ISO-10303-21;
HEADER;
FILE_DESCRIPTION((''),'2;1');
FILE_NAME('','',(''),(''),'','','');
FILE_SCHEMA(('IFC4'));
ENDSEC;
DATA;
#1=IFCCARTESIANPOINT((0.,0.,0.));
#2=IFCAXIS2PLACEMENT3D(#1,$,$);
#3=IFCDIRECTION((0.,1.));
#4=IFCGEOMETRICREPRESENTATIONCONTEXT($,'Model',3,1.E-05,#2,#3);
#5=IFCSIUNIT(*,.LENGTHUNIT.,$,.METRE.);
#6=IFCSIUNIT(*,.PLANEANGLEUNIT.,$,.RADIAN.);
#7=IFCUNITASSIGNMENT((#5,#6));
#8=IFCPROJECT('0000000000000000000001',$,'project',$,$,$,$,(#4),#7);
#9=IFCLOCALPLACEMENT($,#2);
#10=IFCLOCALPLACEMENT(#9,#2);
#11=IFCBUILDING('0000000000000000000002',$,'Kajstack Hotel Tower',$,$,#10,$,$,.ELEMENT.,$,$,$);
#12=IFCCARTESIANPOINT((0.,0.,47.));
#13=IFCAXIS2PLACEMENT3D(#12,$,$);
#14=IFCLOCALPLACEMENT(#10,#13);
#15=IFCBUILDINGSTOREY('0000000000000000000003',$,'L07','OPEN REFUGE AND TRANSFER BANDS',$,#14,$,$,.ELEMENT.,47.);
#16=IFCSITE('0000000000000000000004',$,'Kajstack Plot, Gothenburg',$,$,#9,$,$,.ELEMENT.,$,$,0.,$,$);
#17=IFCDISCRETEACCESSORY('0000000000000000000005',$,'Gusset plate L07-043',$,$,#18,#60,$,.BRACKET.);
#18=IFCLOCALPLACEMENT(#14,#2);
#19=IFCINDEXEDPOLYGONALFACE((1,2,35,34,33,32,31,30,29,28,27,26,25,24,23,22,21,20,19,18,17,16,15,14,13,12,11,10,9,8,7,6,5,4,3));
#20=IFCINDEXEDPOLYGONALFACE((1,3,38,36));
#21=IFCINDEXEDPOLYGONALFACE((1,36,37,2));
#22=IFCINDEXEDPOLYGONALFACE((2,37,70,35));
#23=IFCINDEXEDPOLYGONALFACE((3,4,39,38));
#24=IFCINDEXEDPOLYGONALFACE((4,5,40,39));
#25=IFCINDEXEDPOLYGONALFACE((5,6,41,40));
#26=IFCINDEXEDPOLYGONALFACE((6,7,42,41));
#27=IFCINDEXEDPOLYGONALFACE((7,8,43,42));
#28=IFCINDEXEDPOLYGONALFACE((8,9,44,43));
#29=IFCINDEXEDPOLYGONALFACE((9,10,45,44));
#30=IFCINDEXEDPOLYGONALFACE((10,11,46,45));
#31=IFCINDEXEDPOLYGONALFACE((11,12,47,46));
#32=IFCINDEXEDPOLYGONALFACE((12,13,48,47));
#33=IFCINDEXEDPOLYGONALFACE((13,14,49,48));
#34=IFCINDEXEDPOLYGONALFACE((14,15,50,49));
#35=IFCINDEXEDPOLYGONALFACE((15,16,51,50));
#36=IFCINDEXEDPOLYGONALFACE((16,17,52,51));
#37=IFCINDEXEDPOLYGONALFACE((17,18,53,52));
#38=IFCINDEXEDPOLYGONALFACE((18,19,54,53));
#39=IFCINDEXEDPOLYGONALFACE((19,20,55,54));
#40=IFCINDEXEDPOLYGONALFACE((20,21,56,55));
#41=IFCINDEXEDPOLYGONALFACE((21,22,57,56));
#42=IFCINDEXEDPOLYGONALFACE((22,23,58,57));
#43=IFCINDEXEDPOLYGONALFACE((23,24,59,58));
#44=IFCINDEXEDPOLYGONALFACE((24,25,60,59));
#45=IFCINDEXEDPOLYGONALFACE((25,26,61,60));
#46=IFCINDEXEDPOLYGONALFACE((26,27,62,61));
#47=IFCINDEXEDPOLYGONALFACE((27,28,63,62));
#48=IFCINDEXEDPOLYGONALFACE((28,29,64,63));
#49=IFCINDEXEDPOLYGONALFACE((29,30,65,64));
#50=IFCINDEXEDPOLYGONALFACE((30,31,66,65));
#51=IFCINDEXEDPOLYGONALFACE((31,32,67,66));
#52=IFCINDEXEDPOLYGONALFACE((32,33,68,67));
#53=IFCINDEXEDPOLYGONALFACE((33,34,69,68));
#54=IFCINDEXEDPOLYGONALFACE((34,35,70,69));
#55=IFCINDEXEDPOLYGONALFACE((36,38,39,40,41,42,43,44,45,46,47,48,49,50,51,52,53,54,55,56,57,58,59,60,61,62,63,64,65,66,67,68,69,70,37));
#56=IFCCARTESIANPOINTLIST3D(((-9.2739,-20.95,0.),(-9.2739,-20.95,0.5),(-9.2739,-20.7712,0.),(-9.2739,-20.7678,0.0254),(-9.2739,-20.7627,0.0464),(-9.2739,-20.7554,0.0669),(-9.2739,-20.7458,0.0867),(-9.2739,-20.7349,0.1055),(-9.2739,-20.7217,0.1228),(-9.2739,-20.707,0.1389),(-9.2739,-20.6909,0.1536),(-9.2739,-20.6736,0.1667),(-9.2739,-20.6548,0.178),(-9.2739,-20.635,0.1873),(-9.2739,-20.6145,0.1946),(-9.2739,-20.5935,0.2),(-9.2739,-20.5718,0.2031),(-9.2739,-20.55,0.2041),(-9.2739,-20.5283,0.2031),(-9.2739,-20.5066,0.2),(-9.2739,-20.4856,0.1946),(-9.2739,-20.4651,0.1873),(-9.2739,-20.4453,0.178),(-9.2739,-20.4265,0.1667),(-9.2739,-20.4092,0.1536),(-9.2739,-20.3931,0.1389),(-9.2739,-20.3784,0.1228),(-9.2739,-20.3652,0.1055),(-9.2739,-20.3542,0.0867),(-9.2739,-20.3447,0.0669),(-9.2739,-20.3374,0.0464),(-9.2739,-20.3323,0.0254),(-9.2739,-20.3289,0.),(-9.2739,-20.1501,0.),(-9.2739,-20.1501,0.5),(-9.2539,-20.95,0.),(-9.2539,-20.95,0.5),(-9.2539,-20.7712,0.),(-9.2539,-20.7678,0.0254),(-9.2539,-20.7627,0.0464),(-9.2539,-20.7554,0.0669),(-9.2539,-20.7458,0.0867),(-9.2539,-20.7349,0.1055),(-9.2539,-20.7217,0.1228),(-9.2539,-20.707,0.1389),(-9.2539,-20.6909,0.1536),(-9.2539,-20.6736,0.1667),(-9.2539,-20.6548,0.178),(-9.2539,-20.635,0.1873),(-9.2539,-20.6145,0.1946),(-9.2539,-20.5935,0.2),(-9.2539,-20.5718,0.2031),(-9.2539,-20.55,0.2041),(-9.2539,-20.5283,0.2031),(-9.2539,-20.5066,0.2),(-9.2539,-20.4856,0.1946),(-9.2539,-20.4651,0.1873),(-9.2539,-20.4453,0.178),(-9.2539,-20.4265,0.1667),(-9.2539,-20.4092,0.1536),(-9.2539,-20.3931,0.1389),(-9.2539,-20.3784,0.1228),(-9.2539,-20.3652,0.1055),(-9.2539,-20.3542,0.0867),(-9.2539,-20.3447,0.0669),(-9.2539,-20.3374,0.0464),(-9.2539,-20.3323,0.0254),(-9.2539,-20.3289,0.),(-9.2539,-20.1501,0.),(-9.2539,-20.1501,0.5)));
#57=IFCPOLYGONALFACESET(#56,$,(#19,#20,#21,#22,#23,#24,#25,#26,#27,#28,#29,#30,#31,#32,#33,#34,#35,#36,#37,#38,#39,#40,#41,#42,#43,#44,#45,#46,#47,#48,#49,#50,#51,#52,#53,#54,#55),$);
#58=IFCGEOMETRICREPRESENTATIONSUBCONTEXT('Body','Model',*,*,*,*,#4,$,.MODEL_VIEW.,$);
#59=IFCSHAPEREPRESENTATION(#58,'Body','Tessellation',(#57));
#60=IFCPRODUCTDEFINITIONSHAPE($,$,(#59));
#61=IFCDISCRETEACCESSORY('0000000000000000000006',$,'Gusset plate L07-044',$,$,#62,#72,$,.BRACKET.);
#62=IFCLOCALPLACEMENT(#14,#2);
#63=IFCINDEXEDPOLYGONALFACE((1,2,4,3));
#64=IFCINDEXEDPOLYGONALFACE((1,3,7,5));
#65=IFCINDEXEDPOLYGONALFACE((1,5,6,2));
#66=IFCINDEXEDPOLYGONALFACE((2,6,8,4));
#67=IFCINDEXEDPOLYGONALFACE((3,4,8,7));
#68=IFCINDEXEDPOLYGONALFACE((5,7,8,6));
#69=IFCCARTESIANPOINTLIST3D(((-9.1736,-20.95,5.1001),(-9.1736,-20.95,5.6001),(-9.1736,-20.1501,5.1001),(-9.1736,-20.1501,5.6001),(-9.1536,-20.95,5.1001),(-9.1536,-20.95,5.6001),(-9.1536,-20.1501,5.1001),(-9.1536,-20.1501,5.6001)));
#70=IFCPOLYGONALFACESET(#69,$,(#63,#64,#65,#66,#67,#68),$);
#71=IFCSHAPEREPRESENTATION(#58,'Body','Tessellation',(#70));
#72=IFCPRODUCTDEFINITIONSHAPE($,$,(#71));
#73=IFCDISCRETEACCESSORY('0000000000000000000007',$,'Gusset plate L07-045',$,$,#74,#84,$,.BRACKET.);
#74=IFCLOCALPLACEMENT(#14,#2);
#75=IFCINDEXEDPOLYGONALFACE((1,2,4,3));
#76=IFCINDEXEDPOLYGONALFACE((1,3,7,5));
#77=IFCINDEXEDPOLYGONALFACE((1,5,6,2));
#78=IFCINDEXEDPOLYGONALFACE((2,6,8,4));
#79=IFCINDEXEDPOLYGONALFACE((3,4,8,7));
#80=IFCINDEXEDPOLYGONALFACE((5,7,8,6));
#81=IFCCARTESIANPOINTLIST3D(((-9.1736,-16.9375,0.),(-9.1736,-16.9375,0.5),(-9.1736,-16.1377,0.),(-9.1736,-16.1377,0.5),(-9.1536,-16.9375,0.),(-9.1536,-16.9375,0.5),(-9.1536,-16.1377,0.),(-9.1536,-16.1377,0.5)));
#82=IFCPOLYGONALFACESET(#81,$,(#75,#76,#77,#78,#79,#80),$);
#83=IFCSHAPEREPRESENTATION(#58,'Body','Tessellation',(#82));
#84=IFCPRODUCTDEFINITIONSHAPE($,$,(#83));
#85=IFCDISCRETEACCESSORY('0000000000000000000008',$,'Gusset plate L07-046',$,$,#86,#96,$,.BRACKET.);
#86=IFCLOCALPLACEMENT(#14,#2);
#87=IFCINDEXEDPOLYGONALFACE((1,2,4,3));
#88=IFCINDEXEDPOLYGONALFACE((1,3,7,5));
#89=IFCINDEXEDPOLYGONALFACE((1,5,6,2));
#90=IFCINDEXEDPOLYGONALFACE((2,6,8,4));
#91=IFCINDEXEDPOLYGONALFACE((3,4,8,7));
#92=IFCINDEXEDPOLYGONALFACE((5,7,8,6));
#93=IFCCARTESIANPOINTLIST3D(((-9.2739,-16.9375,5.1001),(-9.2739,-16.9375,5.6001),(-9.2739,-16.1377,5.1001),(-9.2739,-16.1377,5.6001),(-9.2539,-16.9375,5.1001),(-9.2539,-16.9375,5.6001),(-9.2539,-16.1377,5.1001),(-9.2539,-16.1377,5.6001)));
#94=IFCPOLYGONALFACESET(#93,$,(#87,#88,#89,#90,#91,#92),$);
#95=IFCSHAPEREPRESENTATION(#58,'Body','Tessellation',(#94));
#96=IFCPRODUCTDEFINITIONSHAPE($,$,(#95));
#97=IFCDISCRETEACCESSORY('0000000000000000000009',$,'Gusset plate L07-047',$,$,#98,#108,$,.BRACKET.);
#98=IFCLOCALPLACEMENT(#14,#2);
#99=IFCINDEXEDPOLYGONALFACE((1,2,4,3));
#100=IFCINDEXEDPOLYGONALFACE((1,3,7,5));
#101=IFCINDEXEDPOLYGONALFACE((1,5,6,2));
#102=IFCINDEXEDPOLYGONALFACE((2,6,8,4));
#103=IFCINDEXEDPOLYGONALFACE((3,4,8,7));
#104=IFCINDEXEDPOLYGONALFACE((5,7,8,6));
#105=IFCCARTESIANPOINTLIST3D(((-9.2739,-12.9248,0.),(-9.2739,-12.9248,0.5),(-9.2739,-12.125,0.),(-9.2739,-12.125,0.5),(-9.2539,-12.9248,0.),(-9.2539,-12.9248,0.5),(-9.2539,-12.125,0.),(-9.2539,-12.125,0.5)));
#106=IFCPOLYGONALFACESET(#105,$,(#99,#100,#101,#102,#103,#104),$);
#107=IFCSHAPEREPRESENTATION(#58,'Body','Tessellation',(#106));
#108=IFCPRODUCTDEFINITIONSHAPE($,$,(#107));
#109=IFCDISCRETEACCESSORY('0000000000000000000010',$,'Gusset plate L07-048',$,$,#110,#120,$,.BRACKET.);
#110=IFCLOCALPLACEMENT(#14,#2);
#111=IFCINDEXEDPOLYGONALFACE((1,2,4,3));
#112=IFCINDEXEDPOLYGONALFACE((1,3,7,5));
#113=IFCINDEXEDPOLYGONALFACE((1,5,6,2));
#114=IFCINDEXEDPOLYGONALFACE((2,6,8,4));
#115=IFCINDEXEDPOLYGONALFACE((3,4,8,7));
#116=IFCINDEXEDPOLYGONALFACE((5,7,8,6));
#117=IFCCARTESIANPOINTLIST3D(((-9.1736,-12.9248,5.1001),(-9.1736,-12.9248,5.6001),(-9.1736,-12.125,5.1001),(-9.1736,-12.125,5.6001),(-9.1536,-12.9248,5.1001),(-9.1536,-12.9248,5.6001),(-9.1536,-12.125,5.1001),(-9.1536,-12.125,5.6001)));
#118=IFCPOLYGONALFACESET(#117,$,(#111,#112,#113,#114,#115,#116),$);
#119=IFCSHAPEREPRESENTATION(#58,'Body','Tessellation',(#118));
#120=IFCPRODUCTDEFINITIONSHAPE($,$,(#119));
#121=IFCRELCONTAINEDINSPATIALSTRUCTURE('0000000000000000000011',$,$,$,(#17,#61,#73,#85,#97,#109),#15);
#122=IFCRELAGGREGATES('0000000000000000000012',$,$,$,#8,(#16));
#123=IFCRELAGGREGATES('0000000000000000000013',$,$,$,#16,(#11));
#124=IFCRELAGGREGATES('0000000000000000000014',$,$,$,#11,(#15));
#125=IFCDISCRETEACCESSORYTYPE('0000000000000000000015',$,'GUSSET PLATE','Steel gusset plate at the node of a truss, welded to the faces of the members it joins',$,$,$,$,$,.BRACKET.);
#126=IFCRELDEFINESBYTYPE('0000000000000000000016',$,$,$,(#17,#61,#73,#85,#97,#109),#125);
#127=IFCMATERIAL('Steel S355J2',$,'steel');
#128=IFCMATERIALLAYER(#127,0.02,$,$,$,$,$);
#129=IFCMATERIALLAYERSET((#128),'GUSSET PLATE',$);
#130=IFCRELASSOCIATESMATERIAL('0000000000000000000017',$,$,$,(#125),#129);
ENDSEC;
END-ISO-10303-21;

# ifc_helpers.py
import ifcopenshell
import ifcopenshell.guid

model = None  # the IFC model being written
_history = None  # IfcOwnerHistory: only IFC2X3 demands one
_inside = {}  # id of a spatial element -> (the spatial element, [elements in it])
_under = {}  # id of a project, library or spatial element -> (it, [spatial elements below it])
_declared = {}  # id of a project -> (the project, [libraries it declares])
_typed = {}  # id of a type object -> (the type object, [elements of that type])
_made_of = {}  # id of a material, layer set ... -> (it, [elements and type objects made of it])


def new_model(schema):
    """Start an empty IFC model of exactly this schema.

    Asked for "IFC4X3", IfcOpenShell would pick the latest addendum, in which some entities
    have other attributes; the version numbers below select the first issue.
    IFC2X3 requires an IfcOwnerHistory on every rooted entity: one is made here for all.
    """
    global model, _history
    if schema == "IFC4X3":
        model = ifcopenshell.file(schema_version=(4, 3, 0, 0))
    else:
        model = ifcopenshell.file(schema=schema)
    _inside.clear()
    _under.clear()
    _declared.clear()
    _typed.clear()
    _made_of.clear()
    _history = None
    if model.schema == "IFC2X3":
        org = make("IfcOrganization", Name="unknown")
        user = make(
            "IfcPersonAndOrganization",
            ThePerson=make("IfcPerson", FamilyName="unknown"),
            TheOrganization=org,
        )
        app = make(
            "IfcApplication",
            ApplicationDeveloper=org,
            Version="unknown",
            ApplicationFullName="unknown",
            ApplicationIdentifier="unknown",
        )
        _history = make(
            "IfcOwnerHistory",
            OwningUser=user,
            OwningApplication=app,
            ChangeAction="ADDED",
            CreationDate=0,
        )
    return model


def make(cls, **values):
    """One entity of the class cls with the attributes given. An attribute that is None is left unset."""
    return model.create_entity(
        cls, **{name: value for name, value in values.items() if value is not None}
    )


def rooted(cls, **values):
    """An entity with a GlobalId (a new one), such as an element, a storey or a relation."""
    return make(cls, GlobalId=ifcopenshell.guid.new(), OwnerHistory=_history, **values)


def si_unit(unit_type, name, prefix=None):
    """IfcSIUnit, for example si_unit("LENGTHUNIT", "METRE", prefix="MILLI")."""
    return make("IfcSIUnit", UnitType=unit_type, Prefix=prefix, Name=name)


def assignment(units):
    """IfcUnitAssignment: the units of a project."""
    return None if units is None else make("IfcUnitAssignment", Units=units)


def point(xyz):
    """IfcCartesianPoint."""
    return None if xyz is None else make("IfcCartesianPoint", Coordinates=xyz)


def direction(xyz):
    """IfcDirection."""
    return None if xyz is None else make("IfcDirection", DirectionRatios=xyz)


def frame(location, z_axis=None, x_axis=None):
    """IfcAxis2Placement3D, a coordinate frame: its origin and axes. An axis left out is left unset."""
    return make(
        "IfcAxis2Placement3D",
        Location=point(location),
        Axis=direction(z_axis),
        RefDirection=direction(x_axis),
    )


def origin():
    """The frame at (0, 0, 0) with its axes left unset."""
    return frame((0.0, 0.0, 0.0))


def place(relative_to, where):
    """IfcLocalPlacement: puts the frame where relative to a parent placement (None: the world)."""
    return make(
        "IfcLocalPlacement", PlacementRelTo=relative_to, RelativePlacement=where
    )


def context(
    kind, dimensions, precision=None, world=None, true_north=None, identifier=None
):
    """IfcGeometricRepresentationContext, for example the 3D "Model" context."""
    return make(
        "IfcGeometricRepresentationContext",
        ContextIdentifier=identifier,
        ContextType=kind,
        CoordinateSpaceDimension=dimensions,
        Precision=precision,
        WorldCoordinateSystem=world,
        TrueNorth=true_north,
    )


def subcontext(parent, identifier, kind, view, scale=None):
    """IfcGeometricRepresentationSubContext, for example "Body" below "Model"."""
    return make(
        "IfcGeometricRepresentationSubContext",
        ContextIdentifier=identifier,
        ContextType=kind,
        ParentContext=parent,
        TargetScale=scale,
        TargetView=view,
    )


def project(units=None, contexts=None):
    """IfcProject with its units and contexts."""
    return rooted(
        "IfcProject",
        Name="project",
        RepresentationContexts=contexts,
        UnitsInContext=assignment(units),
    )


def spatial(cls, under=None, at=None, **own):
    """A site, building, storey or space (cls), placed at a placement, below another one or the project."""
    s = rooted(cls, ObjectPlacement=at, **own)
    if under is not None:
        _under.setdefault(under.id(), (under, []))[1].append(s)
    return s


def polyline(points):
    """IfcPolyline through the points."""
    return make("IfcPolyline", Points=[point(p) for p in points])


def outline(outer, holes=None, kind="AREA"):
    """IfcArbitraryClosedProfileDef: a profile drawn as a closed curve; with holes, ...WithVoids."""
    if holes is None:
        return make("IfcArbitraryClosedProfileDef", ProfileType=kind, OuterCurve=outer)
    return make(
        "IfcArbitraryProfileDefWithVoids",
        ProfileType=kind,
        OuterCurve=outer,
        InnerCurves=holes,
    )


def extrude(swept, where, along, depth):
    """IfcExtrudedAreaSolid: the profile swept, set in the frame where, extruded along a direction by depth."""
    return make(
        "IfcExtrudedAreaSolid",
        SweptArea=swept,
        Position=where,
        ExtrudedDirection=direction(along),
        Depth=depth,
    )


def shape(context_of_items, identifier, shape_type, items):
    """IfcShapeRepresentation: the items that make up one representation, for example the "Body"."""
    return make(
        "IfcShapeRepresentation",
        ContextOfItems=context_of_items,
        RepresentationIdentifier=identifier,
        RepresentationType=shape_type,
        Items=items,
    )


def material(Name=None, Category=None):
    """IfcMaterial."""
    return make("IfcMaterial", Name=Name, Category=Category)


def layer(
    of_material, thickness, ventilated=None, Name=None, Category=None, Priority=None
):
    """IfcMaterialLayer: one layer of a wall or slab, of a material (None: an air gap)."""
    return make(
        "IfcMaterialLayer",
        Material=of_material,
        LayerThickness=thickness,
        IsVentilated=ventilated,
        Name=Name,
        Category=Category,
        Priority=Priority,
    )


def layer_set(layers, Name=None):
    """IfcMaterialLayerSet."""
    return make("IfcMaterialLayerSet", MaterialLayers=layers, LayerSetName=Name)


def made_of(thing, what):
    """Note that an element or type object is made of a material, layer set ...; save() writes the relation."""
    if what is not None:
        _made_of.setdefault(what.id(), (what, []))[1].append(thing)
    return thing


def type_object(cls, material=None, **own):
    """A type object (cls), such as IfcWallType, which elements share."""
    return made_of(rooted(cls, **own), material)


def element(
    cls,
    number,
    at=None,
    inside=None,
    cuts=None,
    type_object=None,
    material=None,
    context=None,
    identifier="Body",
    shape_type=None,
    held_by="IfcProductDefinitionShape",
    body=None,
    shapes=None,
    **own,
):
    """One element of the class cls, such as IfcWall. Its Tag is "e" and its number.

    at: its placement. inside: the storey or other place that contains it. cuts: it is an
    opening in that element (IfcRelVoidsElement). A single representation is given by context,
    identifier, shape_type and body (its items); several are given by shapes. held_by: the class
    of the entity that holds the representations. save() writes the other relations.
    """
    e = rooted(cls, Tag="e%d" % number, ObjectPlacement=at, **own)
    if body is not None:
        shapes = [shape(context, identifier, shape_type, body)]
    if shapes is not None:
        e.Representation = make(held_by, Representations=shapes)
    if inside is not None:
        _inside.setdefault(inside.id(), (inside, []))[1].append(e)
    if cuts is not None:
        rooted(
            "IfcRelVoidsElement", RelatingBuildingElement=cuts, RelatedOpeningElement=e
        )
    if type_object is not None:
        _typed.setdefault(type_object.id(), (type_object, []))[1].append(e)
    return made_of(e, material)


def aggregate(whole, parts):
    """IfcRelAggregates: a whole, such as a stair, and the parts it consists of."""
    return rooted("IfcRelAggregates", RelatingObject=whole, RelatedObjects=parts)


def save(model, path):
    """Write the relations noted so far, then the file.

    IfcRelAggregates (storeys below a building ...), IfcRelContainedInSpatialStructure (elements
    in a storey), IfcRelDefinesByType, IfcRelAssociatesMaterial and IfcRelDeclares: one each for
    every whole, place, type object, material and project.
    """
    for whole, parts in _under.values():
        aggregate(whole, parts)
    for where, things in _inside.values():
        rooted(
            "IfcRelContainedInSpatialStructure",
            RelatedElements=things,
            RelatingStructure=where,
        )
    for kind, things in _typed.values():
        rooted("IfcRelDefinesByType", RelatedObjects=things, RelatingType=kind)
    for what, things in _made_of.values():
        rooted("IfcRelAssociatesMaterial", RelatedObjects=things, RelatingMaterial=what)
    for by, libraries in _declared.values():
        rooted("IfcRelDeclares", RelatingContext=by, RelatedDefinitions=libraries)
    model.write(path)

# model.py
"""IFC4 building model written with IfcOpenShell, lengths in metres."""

from ifc_helpers import new_model, si_unit, direction, frame, origin, place, context, subcontext, project, spatial, polyline, outline, extrude, material, layer, layer_set, type_object, element, save


model = new_model("IFC4")

# Units and contexts
model_context = context("Model", 3, precision=1e-05, world=origin(), true_north=direction((0.0, 1.0)))
body_context = subcontext(model_context, "Body", "Model", "MODEL_VIEW")
ifc_project = project(units=[si_unit("LENGTHUNIT", "METRE"), si_unit("PLANEANGLEUNIT", "RADIAN")], contexts=[model_context])

# Site, building, storey
site_placement = place(None, origin())
site = spatial("IfcSite", under=ifc_project, at=site_placement, Name="Kajstack Plot, Gothenburg", CompositionType="ELEMENT", RefElevation=0.0)
building_placement = place(site_placement, origin())
building = spatial("IfcBuilding", under=site, at=building_placement, Name="Kajstack Hotel Tower", CompositionType="ELEMENT")
storey_placement = place(building_placement, frame((0.0, 0.0, 47.0)))
storey = spatial("IfcBuildingStorey", under=building, at=storey_placement, Name="L07", Description="OPEN REFUGE AND TRANSFER BANDS", CompositionType="ELEMENT", Elevation=47.0)

# Shared definitions
ifc_material_1 = material(Name="Steel S355J2", Category="steel")

# Discrete accessories
ifc_layer_1 = layer(ifc_material_1, 0.02)
ifc_layer_set_1 = layer_set([ifc_layer_1], Name="GUSSET PLATE")
discrete_accessory_type = type_object("IfcDiscreteAccessoryType", Name="GUSSET PLATE", Description="Steel gusset plate at the node of a truss, welded to the faces of the members it joins", PredefinedType="BRACKET", material=ifc_layer_set_1)
discrete_accessory_placement = place(storey_placement, frame((-9.2739, -20.55, 0.0), z_axis=(1.0, 0.0, 0.0), x_axis=(0.0, 1.0, 0.0)))
element("IfcDiscreteAccessory", 1, at=discrete_accessory_placement, inside=storey, type_object=discrete_accessory_type, Name="Gusset plate L07-043", PredefinedType="BRACKET", context=body_context, shape_type="SweptSolid", body=[
    extrude(outline(polyline([(-0.3999, 0.0), (-0.2212, 0.0), (-0.2178, 0.0254), (-0.2126, 0.0464), (-0.2053, 0.0669), (-0.1958, 0.0867), (-0.1848, 0.1055), (-0.1716, 0.1228), (-0.157, 0.1389), (-0.1409, 0.1536), (-0.1235, 0.1667), (-0.1047, 0.178), (-0.085, 0.1873), (-0.0645, 0.1946), (-0.0435, 0.2), (-0.0217, 0.2031), (0.0, 0.2041), (0.0217, 0.2031), (0.0435, 0.2), (0.0645, 0.1946), (0.085, 0.1873), (0.1047, 0.178), (0.1235, 0.1667), (0.1409, 0.1536), (0.157, 0.1389), (0.1716, 0.1228), (0.1848, 0.1055), (0.1958, 0.0867), (0.2053, 0.0669), (0.2126, 0.0464), (0.2178, 0.0254), (0.2212, 0.0), (0.3999, 0.0), (0.3999, 0.5), (-0.3999, 0.5), (-0.3999, 0.0)])), origin(), (0.0, 0.0, 1.0), 0.02),
])
for number, where, z_axis, x_axis, name in (
    (2, (-9.1736, -20.55, 5.1001), (1.0, 0.0, 0.0), (0.0, 1.0, 0.0), "Gusset plate L07-044"),
    (3, (-9.1736, -16.5376, 0.0), (1.0, 0.0, 0.0), (0.0, 1.0, 0.0), "Gusset plate L07-045"),
    (4, (-9.2739, -16.5376, 5.1001), (1.0, 0.0, 0.0), (0.0, 1.0, 0.0), "Gusset plate L07-046"),
    (5, (-9.2739, -12.5249, 0.0), (1.0, 0.0, 0.0), (0.0, 1.0, 0.0), "Gusset plate L07-047"),
    (6, (-9.1736, -12.5249, 5.1001), (1.0, 0.0, 0.0), (0.0, 1.0, 0.0), "Gusset plate L07-048"),
):
    element("IfcDiscreteAccessory", number, at=place(storey_placement, frame(where, z_axis=z_axis, x_axis=x_axis)), inside=storey, type_object=discrete_accessory_type, Name=name, PredefinedType="BRACKET", context=body_context, shape_type="SweptSolid", body=[
        extrude(outline(polyline([(-0.3999, 0.0), (0.3999, 0.0), (0.3999, 0.5), (-0.3999, 0.5), (-0.3999, 0.0)])), origin(), (0.0, 0.0, 1.0), 0.02),
    ])

save(model, "model.ifc")
